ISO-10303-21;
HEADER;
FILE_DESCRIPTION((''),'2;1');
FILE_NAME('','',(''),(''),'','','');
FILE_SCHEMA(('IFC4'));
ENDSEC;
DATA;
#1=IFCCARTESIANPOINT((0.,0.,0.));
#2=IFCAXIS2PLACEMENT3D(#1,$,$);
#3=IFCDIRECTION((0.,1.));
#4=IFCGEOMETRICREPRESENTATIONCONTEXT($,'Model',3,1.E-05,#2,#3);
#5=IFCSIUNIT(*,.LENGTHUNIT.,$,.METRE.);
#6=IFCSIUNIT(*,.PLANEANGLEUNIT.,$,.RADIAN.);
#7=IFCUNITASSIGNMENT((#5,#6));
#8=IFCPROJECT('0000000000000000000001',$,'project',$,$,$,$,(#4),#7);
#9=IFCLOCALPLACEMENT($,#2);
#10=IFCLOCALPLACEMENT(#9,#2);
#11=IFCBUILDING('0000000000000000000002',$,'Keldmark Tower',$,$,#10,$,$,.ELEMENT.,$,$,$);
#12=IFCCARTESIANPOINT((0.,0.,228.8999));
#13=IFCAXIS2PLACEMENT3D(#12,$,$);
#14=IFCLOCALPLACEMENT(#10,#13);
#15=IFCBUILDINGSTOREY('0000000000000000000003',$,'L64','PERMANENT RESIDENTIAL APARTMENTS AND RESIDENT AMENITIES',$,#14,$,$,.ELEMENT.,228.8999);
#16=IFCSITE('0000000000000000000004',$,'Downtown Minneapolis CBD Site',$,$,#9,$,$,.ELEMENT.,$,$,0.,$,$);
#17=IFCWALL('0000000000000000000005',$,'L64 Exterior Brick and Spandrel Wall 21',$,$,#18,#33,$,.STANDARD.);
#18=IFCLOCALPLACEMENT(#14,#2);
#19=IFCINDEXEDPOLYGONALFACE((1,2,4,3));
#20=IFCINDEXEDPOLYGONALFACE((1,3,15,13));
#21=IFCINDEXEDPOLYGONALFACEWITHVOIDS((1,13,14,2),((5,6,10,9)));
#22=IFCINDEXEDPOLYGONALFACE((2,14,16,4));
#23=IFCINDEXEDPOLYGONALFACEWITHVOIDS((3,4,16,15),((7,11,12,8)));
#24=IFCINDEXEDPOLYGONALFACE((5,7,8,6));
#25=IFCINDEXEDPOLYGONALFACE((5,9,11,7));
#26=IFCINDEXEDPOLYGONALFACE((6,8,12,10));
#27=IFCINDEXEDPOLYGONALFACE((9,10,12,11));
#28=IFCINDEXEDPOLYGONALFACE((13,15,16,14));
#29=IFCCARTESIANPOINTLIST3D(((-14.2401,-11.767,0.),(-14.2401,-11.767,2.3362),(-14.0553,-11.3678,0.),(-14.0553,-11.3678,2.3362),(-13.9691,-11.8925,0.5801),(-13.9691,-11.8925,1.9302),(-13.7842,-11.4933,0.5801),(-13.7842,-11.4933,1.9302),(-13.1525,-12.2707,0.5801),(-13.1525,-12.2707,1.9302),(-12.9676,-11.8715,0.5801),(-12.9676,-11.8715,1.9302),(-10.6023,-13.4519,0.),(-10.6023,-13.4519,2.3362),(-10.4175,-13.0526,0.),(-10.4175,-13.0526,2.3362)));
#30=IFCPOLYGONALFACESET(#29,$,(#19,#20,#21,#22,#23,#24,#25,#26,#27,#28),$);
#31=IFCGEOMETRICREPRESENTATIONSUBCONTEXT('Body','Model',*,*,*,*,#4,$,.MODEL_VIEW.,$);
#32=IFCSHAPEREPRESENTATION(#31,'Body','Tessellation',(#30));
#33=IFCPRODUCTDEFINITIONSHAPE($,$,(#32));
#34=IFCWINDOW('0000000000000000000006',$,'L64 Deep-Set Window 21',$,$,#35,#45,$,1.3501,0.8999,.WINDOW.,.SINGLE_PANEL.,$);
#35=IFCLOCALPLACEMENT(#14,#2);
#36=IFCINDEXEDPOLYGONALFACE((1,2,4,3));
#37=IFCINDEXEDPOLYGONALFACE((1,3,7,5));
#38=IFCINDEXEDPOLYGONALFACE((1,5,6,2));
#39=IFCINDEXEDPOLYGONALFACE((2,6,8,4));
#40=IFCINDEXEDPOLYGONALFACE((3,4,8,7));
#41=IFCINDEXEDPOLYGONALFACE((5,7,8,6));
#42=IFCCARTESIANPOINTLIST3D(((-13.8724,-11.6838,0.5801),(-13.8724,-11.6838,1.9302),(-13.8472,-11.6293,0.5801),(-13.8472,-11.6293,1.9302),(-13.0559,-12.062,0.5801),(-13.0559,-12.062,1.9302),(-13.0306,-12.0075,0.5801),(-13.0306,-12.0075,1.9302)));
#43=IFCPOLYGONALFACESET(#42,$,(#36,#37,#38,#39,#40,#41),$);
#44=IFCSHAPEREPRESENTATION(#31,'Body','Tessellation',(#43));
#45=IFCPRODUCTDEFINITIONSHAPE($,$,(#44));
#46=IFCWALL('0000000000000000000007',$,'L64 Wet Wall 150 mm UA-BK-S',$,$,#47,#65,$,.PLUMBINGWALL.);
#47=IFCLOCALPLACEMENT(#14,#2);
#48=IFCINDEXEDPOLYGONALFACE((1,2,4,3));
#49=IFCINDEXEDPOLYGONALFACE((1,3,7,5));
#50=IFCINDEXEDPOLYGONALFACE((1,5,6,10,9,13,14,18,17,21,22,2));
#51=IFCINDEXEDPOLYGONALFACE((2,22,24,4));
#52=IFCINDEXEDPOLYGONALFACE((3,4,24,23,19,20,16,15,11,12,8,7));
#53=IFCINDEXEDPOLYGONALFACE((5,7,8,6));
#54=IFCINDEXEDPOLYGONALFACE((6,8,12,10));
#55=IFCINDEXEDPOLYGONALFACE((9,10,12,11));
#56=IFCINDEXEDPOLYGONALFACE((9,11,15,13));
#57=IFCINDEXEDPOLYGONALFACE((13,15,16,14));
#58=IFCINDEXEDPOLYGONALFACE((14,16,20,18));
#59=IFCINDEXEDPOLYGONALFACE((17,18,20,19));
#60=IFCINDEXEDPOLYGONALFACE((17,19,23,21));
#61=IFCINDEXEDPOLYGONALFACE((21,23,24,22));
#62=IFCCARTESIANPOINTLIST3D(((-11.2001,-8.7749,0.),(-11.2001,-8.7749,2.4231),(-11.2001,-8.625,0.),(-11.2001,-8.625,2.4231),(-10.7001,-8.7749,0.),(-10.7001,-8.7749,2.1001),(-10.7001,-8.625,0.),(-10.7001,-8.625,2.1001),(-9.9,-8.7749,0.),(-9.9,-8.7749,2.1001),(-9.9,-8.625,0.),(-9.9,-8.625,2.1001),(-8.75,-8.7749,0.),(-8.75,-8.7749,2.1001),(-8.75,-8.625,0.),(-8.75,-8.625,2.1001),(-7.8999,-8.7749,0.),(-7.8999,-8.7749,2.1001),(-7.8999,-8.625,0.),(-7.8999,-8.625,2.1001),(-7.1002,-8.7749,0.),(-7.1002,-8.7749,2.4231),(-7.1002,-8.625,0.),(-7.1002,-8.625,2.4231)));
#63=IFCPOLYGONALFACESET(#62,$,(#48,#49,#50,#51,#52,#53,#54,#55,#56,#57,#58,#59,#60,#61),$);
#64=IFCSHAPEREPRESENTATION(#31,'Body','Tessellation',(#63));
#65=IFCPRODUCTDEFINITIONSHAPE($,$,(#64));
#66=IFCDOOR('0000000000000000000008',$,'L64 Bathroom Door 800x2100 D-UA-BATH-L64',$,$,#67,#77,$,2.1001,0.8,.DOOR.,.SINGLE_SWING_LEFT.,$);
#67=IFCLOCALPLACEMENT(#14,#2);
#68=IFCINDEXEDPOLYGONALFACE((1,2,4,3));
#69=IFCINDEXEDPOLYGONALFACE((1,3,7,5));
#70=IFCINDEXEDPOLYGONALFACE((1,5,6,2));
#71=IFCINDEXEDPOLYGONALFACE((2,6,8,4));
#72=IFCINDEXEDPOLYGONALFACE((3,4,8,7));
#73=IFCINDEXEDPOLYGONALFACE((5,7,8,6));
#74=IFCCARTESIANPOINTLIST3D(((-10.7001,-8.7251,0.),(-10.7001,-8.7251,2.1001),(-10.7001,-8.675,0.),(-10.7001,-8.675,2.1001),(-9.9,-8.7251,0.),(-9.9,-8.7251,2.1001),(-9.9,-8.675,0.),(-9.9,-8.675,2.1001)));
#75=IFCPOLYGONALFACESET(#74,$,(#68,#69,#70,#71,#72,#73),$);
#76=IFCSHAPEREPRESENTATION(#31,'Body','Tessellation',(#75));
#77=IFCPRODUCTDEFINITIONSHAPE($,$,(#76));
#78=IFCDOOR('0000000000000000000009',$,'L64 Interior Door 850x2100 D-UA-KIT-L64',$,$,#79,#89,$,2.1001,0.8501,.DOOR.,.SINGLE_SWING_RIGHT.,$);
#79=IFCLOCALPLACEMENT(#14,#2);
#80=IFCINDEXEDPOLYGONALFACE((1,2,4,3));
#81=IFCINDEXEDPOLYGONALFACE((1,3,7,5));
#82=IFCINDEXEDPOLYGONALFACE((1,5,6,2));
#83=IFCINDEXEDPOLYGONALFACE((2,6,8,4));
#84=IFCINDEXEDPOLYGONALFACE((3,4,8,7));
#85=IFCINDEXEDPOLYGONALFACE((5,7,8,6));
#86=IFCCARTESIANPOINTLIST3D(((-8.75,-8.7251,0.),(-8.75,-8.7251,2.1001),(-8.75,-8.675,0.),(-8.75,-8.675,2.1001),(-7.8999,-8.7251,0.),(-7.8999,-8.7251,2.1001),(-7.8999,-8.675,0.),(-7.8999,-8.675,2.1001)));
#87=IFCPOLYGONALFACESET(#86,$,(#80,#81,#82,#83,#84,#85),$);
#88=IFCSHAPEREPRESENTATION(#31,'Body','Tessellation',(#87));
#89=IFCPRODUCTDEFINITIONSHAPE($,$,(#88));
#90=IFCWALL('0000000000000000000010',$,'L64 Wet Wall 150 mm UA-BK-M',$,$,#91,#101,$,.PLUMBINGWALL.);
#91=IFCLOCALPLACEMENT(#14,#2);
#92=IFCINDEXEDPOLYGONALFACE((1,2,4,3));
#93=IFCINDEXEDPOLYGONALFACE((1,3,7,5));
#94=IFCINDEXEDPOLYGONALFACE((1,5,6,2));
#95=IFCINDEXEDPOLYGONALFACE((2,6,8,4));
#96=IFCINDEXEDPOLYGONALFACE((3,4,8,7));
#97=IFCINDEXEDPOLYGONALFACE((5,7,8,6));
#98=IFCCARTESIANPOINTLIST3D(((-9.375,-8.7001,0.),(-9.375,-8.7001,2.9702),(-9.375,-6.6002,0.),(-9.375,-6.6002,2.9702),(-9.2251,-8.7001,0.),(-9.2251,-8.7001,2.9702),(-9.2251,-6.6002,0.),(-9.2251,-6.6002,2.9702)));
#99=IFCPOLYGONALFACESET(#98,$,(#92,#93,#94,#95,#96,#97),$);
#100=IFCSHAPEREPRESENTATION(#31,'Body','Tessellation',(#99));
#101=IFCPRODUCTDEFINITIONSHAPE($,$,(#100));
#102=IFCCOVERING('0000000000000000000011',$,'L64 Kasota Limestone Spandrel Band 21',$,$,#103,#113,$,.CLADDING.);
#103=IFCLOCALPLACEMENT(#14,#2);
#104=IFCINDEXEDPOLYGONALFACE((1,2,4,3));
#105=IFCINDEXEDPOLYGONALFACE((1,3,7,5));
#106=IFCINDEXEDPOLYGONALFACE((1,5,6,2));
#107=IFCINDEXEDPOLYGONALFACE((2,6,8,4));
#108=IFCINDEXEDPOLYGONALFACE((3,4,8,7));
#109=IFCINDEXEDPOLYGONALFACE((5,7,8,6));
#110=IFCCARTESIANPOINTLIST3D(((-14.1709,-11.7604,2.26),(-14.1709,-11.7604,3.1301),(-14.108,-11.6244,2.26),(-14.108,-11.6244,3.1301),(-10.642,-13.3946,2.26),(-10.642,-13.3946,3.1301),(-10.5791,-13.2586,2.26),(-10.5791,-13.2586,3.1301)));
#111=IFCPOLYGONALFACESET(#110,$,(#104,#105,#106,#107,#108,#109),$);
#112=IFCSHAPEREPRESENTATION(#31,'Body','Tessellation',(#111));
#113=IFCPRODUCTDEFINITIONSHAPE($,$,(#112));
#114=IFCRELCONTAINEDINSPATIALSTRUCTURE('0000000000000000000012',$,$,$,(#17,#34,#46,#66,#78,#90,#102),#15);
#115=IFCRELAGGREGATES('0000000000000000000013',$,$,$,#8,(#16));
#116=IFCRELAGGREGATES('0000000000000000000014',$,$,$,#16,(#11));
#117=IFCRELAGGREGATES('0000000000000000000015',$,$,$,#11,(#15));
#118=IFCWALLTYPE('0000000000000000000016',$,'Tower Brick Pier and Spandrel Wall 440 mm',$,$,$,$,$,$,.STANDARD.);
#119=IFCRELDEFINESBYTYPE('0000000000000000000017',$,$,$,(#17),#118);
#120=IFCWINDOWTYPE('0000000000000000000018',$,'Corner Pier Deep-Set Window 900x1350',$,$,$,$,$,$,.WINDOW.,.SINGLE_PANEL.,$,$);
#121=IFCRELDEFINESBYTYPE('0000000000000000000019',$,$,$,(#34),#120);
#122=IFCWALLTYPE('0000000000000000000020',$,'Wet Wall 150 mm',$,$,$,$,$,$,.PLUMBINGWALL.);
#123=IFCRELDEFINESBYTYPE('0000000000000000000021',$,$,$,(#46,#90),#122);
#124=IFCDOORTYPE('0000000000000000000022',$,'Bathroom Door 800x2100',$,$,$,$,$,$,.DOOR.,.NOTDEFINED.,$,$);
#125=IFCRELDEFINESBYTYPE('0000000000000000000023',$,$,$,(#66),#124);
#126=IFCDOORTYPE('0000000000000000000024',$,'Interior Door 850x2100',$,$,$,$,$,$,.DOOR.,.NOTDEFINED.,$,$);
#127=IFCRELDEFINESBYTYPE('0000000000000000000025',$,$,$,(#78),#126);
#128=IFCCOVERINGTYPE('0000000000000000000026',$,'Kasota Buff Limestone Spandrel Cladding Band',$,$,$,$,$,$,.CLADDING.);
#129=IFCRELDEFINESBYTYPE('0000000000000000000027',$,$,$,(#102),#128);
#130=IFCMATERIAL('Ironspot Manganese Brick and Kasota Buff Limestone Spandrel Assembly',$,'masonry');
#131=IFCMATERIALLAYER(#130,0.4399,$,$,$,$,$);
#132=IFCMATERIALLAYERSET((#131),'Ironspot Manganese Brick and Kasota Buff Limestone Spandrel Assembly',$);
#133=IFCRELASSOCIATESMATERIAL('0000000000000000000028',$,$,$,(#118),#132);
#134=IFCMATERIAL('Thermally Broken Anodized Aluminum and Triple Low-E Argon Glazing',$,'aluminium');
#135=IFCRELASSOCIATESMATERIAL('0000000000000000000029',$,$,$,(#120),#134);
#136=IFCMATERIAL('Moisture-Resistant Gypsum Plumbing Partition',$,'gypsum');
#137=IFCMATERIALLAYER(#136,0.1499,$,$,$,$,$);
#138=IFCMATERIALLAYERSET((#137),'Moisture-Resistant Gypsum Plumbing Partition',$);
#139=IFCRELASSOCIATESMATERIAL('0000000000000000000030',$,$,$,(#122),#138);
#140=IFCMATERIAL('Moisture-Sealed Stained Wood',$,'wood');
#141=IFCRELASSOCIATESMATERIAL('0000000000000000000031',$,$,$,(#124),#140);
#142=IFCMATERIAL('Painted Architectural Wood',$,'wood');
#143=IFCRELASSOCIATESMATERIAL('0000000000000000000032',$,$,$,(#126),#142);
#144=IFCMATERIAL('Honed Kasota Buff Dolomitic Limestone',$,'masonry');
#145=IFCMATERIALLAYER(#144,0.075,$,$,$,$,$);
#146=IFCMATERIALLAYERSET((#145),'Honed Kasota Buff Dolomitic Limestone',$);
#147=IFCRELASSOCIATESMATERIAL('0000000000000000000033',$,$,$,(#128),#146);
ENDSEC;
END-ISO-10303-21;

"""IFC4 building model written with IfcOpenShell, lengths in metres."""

from ifc_helpers import new_model, si_unit, direction, frame, frame_2d, origin, origin_2d, place, context, subcontext, project, spatial, rectangle, extrude, material, layer, layer_set, type_object, element, fill, save


model = new_model("IFC4")

# Units and contexts
model_context = context("Model", 3, precision=1e-05, world=origin(), true_north=direction((0.0, 1.0)))
body_context = subcontext(model_context, "Body", "Model", "MODEL_VIEW")
ifc_project = project(units=[si_unit("LENGTHUNIT", "METRE"), si_unit("PLANEANGLEUNIT", "RADIAN")], contexts=[model_context])

# Site, building, storey
site_placement = place(None, origin())
site = spatial("IfcSite", under=ifc_project, at=site_placement, Name="Downtown Minneapolis CBD Site", CompositionType="ELEMENT", RefElevation=0.0)
building_placement = place(site_placement, origin())
building = spatial("IfcBuilding", under=site, at=building_placement, Name="Keldmark Tower", CompositionType="ELEMENT")
storey_placement = place(building_placement, frame((0.0, 0.0, 228.8999)))
storey = spatial("IfcBuildingStorey", under=building, at=storey_placement, Name="L64", Description="PERMANENT RESIDENTIAL APARTMENTS AND RESIDENT AMENITIES", CompositionType="ELEMENT", Elevation=228.8999)

# Wall, opening, window
ifc_material_1 = material(Name="Ironspot Manganese Brick and Kasota Buff Limestone Spandrel Assembly", Category="masonry")
ifc_layer_1 = layer(ifc_material_1, 0.4399)
ifc_layer_set_1 = layer_set([ifc_layer_1], Name="Ironspot Manganese Brick and Kasota Buff Limestone Spandrel Assembly")
wall_type_1 = type_object("IfcWallType", Name="Tower Brick Pier and Spandrel Wall 440 mm", PredefinedType="STANDARD", material=ifc_layer_set_1)
wall_1_placement = place(storey_placement, frame((-10.51, -13.2522, 0.0), z_axis=(0.0, 0.0, 1.0), x_axis=(-0.907401, 0.420267, 0.0)))
wall_1 = element("IfcWall", 1, at=wall_1_placement, inside=storey, type_object=wall_type_1, Name="L64 Exterior Brick and Spandrel Wall 21", PredefinedType="STANDARD", context=body_context, shape_type="SweptSolid", body=[
    extrude(rectangle(XDim=4.009, YDim=0.4399, at=frame_2d((2.0044, 0.0))), origin(), (0.0, 0.0, 1.0), 2.3362),
])
opening_1_placement = place(wall_1_placement, frame((2.8103, 0.0, 0.5801)))
opening_1 = element("IfcOpeningElement", 2, at=opening_1_placement, cuts=wall_1, PredefinedType="OPENING", context=body_context, shape_type="SweptSolid", body=[
    extrude(rectangle(XDim=0.8999, YDim=1.3501, at=frame_2d((0.45, 0.675))), frame((0.0, 0.23, 0.0), z_axis=(0.0, -1.0, 0.0), x_axis=(1.0, 0.0, 0.0)), (0.0, 0.0, 1.0), 0.46),
])
ifc_material_2 = material(Name="Thermally Broken Anodized Aluminum and Triple Low-E Argon Glazing", Category="aluminium")
window_type = type_object("IfcWindowType", Name="Corner Pier Deep-Set Window 900x1350", PartitioningType="SINGLE_PANEL", PredefinedType="WINDOW", material=ifc_material_2)
window_placement = place(opening_1_placement, origin())
window = element("IfcWindow", 3, at=window_placement, inside=storey, type_object=window_type, Name="L64 Deep-Set Window 21", OverallHeight=1.3501, OverallWidth=0.8999, PartitioningType="SINGLE_PANEL", PredefinedType="WINDOW", context=body_context, shape_type="SweptSolid", body=[
    extrude(rectangle(XDim=0.8999, YDim=1.3501, at=frame_2d((0.45, 0.675))), frame((0.0, -0.01, 0.0), z_axis=(0.0, -1.0, 0.0), x_axis=(1.0, 0.0, 0.0)), (0.0, 0.0, 1.0), 0.0601),
])
fill(opening_1, window)

# Wall, openings, doors
ifc_material_3 = material(Name="Moisture-Resistant Gypsum Plumbing Partition", Category="gypsum")
ifc_layer_2 = layer(ifc_material_3, 0.1499)
ifc_layer_set_2 = layer_set([ifc_layer_2], Name="Moisture-Resistant Gypsum Plumbing Partition")
wall_type_2 = type_object("IfcWallType", Name="Wet Wall 150 mm", PredefinedType="PLUMBINGWALL", material=ifc_layer_set_2)
wall_2_placement = place(storey_placement, frame((-11.2, -8.7, 0.0), z_axis=(0.0, 0.0, 1.0), x_axis=(1.0, 0.0, 0.0)))
wall_2 = element("IfcWall", 4, at=wall_2_placement, inside=storey, type_object=wall_type_2, Name="L64 Wet Wall 150 mm UA-BK-S", PredefinedType="PLUMBINGWALL", context=body_context, shape_type="SweptSolid", body=[
    extrude(rectangle(XDim=4.0999, YDim=0.1499, at=frame_2d((2.0498, 0.0))), origin(), (0.0, 0.0, 1.0), 2.4231),
])
opening_2_placement = place(wall_2_placement, frame((0.5, 0.0, 0.0)))
opening_2 = element("IfcOpeningElement", 5, at=opening_2_placement, cuts=wall_2, PredefinedType="OPENING", context=body_context, shape_type="SweptSolid", body=[
    extrude(rectangle(XDim=0.8, YDim=2.1001, at=frame_2d((0.3999, 1.05))), frame((0.0, 0.085, 0.0), z_axis=(0.0, -1.0, 0.0), x_axis=(1.0, 0.0, 0.0)), (0.0, 0.0, 1.0), 0.1699),
])
opening_3_placement = place(wall_2_placement, frame((2.45, 0.0, 0.0)))
opening_3 = element("IfcOpeningElement", 6, at=opening_3_placement, cuts=wall_2, PredefinedType="OPENING", context=body_context, shape_type="SweptSolid", body=[
    extrude(rectangle(XDim=0.8501, YDim=2.1001, at=frame_2d((0.425, 1.05))), frame((0.0, 0.085, 0.0), z_axis=(0.0, -1.0, 0.0), x_axis=(1.0, 0.0, 0.0)), (0.0, 0.0, 1.0), 0.1699),
])
ifc_material_4 = material(Name="Moisture-Sealed Stained Wood", Category="wood")
door_type_1 = type_object("IfcDoorType", Name="Bathroom Door 800x2100", OperationType="NOTDEFINED", PredefinedType="DOOR", material=ifc_material_4)
door_1_placement = place(opening_2_placement, origin())
door_1 = element("IfcDoor", 7, at=door_1_placement, inside=storey, type_object=door_type_1, Name="L64 Bathroom Door 800x2100 D-UA-BATH-L64", OperationType="SINGLE_SWING_LEFT", OverallHeight=2.1001, OverallWidth=0.8, PredefinedType="DOOR", context=body_context, shape_type="SweptSolid", body=[
    extrude(rectangle(XDim=0.8, YDim=2.1001, at=frame_2d((0.3999, 1.05))), frame((0.0, 0.0249, 0.0), z_axis=(0.0, -1.0, 0.0), x_axis=(1.0, 0.0, 0.0)), (0.0, 0.0, 1.0), 0.05),
])
fill(opening_2, door_1)
ifc_material_5 = material(Name="Painted Architectural Wood", Category="wood")
door_type_2 = type_object("IfcDoorType", Name="Interior Door 850x2100", OperationType="NOTDEFINED", PredefinedType="DOOR", material=ifc_material_5)
door_2_placement = place(opening_3_placement, origin())
door_2 = element("IfcDoor", 8, at=door_2_placement, inside=storey, type_object=door_type_2, Name="L64 Interior Door 850x2100 D-UA-KIT-L64", OperationType="SINGLE_SWING_RIGHT", OverallHeight=2.1001, OverallWidth=0.8501, PredefinedType="DOOR", context=body_context, shape_type="SweptSolid", body=[
    extrude(rectangle(XDim=0.8501, YDim=2.1001, at=frame_2d((0.425, 1.05))), frame((0.0, 0.0249, 0.0), z_axis=(0.0, -1.0, 0.0), x_axis=(1.0, 0.0, 0.0)), (0.0, 0.0, 1.0), 0.05),
])
fill(opening_3, door_2)

# Wall
wall_3_placement = place(storey_placement, frame((-9.3, -8.7, 0.0), z_axis=(0.0, 0.0, 1.0), x_axis=(0.0, 1.0, 0.0)))
element("IfcWall", 9, at=wall_3_placement, inside=storey, type_object=wall_type_2, Name="L64 Wet Wall 150 mm UA-BK-M", PredefinedType="PLUMBINGWALL", context=body_context, shape_type="SweptSolid", body=[
    extrude(rectangle(XDim=2.0999, YDim=0.1499, at=frame_2d((1.0498, 0.0))), origin(), (0.0, 0.0, 1.0), 2.9702),
])

# Covering
ifc_material_6 = material(Name="Honed Kasota Buff Dolomitic Limestone", Category="masonry")
ifc_layer_3 = layer(ifc_material_6, 0.075)
ifc_layer_set_3 = layer_set([ifc_layer_3], Name="Honed Kasota Buff Dolomitic Limestone")
covering_type = type_object("IfcCoveringType", Name="Kasota Buff Limestone Spandrel Cladding Band", PredefinedType="CLADDING", material=ifc_layer_set_3)
covering_placement = place(storey_placement, frame((-12.375, -12.5095, 2.26), z_axis=(0.0, 0.0, 1.0), x_axis=(0.907426, -0.420212, 0.0)))
element("IfcCovering", 10, at=covering_placement, inside=storey, type_object=covering_type, Name="L64 Kasota Limestone Spandrel Band 21", PredefinedType="CLADDING", context=body_context, shape_type="SweptSolid", body=[
    extrude(rectangle(XDim=3.8889, YDim=0.1499, at=origin_2d()), origin(), (0.0, 0.0, 1.0), 0.8701),
])

save(model, "model.ifc")
